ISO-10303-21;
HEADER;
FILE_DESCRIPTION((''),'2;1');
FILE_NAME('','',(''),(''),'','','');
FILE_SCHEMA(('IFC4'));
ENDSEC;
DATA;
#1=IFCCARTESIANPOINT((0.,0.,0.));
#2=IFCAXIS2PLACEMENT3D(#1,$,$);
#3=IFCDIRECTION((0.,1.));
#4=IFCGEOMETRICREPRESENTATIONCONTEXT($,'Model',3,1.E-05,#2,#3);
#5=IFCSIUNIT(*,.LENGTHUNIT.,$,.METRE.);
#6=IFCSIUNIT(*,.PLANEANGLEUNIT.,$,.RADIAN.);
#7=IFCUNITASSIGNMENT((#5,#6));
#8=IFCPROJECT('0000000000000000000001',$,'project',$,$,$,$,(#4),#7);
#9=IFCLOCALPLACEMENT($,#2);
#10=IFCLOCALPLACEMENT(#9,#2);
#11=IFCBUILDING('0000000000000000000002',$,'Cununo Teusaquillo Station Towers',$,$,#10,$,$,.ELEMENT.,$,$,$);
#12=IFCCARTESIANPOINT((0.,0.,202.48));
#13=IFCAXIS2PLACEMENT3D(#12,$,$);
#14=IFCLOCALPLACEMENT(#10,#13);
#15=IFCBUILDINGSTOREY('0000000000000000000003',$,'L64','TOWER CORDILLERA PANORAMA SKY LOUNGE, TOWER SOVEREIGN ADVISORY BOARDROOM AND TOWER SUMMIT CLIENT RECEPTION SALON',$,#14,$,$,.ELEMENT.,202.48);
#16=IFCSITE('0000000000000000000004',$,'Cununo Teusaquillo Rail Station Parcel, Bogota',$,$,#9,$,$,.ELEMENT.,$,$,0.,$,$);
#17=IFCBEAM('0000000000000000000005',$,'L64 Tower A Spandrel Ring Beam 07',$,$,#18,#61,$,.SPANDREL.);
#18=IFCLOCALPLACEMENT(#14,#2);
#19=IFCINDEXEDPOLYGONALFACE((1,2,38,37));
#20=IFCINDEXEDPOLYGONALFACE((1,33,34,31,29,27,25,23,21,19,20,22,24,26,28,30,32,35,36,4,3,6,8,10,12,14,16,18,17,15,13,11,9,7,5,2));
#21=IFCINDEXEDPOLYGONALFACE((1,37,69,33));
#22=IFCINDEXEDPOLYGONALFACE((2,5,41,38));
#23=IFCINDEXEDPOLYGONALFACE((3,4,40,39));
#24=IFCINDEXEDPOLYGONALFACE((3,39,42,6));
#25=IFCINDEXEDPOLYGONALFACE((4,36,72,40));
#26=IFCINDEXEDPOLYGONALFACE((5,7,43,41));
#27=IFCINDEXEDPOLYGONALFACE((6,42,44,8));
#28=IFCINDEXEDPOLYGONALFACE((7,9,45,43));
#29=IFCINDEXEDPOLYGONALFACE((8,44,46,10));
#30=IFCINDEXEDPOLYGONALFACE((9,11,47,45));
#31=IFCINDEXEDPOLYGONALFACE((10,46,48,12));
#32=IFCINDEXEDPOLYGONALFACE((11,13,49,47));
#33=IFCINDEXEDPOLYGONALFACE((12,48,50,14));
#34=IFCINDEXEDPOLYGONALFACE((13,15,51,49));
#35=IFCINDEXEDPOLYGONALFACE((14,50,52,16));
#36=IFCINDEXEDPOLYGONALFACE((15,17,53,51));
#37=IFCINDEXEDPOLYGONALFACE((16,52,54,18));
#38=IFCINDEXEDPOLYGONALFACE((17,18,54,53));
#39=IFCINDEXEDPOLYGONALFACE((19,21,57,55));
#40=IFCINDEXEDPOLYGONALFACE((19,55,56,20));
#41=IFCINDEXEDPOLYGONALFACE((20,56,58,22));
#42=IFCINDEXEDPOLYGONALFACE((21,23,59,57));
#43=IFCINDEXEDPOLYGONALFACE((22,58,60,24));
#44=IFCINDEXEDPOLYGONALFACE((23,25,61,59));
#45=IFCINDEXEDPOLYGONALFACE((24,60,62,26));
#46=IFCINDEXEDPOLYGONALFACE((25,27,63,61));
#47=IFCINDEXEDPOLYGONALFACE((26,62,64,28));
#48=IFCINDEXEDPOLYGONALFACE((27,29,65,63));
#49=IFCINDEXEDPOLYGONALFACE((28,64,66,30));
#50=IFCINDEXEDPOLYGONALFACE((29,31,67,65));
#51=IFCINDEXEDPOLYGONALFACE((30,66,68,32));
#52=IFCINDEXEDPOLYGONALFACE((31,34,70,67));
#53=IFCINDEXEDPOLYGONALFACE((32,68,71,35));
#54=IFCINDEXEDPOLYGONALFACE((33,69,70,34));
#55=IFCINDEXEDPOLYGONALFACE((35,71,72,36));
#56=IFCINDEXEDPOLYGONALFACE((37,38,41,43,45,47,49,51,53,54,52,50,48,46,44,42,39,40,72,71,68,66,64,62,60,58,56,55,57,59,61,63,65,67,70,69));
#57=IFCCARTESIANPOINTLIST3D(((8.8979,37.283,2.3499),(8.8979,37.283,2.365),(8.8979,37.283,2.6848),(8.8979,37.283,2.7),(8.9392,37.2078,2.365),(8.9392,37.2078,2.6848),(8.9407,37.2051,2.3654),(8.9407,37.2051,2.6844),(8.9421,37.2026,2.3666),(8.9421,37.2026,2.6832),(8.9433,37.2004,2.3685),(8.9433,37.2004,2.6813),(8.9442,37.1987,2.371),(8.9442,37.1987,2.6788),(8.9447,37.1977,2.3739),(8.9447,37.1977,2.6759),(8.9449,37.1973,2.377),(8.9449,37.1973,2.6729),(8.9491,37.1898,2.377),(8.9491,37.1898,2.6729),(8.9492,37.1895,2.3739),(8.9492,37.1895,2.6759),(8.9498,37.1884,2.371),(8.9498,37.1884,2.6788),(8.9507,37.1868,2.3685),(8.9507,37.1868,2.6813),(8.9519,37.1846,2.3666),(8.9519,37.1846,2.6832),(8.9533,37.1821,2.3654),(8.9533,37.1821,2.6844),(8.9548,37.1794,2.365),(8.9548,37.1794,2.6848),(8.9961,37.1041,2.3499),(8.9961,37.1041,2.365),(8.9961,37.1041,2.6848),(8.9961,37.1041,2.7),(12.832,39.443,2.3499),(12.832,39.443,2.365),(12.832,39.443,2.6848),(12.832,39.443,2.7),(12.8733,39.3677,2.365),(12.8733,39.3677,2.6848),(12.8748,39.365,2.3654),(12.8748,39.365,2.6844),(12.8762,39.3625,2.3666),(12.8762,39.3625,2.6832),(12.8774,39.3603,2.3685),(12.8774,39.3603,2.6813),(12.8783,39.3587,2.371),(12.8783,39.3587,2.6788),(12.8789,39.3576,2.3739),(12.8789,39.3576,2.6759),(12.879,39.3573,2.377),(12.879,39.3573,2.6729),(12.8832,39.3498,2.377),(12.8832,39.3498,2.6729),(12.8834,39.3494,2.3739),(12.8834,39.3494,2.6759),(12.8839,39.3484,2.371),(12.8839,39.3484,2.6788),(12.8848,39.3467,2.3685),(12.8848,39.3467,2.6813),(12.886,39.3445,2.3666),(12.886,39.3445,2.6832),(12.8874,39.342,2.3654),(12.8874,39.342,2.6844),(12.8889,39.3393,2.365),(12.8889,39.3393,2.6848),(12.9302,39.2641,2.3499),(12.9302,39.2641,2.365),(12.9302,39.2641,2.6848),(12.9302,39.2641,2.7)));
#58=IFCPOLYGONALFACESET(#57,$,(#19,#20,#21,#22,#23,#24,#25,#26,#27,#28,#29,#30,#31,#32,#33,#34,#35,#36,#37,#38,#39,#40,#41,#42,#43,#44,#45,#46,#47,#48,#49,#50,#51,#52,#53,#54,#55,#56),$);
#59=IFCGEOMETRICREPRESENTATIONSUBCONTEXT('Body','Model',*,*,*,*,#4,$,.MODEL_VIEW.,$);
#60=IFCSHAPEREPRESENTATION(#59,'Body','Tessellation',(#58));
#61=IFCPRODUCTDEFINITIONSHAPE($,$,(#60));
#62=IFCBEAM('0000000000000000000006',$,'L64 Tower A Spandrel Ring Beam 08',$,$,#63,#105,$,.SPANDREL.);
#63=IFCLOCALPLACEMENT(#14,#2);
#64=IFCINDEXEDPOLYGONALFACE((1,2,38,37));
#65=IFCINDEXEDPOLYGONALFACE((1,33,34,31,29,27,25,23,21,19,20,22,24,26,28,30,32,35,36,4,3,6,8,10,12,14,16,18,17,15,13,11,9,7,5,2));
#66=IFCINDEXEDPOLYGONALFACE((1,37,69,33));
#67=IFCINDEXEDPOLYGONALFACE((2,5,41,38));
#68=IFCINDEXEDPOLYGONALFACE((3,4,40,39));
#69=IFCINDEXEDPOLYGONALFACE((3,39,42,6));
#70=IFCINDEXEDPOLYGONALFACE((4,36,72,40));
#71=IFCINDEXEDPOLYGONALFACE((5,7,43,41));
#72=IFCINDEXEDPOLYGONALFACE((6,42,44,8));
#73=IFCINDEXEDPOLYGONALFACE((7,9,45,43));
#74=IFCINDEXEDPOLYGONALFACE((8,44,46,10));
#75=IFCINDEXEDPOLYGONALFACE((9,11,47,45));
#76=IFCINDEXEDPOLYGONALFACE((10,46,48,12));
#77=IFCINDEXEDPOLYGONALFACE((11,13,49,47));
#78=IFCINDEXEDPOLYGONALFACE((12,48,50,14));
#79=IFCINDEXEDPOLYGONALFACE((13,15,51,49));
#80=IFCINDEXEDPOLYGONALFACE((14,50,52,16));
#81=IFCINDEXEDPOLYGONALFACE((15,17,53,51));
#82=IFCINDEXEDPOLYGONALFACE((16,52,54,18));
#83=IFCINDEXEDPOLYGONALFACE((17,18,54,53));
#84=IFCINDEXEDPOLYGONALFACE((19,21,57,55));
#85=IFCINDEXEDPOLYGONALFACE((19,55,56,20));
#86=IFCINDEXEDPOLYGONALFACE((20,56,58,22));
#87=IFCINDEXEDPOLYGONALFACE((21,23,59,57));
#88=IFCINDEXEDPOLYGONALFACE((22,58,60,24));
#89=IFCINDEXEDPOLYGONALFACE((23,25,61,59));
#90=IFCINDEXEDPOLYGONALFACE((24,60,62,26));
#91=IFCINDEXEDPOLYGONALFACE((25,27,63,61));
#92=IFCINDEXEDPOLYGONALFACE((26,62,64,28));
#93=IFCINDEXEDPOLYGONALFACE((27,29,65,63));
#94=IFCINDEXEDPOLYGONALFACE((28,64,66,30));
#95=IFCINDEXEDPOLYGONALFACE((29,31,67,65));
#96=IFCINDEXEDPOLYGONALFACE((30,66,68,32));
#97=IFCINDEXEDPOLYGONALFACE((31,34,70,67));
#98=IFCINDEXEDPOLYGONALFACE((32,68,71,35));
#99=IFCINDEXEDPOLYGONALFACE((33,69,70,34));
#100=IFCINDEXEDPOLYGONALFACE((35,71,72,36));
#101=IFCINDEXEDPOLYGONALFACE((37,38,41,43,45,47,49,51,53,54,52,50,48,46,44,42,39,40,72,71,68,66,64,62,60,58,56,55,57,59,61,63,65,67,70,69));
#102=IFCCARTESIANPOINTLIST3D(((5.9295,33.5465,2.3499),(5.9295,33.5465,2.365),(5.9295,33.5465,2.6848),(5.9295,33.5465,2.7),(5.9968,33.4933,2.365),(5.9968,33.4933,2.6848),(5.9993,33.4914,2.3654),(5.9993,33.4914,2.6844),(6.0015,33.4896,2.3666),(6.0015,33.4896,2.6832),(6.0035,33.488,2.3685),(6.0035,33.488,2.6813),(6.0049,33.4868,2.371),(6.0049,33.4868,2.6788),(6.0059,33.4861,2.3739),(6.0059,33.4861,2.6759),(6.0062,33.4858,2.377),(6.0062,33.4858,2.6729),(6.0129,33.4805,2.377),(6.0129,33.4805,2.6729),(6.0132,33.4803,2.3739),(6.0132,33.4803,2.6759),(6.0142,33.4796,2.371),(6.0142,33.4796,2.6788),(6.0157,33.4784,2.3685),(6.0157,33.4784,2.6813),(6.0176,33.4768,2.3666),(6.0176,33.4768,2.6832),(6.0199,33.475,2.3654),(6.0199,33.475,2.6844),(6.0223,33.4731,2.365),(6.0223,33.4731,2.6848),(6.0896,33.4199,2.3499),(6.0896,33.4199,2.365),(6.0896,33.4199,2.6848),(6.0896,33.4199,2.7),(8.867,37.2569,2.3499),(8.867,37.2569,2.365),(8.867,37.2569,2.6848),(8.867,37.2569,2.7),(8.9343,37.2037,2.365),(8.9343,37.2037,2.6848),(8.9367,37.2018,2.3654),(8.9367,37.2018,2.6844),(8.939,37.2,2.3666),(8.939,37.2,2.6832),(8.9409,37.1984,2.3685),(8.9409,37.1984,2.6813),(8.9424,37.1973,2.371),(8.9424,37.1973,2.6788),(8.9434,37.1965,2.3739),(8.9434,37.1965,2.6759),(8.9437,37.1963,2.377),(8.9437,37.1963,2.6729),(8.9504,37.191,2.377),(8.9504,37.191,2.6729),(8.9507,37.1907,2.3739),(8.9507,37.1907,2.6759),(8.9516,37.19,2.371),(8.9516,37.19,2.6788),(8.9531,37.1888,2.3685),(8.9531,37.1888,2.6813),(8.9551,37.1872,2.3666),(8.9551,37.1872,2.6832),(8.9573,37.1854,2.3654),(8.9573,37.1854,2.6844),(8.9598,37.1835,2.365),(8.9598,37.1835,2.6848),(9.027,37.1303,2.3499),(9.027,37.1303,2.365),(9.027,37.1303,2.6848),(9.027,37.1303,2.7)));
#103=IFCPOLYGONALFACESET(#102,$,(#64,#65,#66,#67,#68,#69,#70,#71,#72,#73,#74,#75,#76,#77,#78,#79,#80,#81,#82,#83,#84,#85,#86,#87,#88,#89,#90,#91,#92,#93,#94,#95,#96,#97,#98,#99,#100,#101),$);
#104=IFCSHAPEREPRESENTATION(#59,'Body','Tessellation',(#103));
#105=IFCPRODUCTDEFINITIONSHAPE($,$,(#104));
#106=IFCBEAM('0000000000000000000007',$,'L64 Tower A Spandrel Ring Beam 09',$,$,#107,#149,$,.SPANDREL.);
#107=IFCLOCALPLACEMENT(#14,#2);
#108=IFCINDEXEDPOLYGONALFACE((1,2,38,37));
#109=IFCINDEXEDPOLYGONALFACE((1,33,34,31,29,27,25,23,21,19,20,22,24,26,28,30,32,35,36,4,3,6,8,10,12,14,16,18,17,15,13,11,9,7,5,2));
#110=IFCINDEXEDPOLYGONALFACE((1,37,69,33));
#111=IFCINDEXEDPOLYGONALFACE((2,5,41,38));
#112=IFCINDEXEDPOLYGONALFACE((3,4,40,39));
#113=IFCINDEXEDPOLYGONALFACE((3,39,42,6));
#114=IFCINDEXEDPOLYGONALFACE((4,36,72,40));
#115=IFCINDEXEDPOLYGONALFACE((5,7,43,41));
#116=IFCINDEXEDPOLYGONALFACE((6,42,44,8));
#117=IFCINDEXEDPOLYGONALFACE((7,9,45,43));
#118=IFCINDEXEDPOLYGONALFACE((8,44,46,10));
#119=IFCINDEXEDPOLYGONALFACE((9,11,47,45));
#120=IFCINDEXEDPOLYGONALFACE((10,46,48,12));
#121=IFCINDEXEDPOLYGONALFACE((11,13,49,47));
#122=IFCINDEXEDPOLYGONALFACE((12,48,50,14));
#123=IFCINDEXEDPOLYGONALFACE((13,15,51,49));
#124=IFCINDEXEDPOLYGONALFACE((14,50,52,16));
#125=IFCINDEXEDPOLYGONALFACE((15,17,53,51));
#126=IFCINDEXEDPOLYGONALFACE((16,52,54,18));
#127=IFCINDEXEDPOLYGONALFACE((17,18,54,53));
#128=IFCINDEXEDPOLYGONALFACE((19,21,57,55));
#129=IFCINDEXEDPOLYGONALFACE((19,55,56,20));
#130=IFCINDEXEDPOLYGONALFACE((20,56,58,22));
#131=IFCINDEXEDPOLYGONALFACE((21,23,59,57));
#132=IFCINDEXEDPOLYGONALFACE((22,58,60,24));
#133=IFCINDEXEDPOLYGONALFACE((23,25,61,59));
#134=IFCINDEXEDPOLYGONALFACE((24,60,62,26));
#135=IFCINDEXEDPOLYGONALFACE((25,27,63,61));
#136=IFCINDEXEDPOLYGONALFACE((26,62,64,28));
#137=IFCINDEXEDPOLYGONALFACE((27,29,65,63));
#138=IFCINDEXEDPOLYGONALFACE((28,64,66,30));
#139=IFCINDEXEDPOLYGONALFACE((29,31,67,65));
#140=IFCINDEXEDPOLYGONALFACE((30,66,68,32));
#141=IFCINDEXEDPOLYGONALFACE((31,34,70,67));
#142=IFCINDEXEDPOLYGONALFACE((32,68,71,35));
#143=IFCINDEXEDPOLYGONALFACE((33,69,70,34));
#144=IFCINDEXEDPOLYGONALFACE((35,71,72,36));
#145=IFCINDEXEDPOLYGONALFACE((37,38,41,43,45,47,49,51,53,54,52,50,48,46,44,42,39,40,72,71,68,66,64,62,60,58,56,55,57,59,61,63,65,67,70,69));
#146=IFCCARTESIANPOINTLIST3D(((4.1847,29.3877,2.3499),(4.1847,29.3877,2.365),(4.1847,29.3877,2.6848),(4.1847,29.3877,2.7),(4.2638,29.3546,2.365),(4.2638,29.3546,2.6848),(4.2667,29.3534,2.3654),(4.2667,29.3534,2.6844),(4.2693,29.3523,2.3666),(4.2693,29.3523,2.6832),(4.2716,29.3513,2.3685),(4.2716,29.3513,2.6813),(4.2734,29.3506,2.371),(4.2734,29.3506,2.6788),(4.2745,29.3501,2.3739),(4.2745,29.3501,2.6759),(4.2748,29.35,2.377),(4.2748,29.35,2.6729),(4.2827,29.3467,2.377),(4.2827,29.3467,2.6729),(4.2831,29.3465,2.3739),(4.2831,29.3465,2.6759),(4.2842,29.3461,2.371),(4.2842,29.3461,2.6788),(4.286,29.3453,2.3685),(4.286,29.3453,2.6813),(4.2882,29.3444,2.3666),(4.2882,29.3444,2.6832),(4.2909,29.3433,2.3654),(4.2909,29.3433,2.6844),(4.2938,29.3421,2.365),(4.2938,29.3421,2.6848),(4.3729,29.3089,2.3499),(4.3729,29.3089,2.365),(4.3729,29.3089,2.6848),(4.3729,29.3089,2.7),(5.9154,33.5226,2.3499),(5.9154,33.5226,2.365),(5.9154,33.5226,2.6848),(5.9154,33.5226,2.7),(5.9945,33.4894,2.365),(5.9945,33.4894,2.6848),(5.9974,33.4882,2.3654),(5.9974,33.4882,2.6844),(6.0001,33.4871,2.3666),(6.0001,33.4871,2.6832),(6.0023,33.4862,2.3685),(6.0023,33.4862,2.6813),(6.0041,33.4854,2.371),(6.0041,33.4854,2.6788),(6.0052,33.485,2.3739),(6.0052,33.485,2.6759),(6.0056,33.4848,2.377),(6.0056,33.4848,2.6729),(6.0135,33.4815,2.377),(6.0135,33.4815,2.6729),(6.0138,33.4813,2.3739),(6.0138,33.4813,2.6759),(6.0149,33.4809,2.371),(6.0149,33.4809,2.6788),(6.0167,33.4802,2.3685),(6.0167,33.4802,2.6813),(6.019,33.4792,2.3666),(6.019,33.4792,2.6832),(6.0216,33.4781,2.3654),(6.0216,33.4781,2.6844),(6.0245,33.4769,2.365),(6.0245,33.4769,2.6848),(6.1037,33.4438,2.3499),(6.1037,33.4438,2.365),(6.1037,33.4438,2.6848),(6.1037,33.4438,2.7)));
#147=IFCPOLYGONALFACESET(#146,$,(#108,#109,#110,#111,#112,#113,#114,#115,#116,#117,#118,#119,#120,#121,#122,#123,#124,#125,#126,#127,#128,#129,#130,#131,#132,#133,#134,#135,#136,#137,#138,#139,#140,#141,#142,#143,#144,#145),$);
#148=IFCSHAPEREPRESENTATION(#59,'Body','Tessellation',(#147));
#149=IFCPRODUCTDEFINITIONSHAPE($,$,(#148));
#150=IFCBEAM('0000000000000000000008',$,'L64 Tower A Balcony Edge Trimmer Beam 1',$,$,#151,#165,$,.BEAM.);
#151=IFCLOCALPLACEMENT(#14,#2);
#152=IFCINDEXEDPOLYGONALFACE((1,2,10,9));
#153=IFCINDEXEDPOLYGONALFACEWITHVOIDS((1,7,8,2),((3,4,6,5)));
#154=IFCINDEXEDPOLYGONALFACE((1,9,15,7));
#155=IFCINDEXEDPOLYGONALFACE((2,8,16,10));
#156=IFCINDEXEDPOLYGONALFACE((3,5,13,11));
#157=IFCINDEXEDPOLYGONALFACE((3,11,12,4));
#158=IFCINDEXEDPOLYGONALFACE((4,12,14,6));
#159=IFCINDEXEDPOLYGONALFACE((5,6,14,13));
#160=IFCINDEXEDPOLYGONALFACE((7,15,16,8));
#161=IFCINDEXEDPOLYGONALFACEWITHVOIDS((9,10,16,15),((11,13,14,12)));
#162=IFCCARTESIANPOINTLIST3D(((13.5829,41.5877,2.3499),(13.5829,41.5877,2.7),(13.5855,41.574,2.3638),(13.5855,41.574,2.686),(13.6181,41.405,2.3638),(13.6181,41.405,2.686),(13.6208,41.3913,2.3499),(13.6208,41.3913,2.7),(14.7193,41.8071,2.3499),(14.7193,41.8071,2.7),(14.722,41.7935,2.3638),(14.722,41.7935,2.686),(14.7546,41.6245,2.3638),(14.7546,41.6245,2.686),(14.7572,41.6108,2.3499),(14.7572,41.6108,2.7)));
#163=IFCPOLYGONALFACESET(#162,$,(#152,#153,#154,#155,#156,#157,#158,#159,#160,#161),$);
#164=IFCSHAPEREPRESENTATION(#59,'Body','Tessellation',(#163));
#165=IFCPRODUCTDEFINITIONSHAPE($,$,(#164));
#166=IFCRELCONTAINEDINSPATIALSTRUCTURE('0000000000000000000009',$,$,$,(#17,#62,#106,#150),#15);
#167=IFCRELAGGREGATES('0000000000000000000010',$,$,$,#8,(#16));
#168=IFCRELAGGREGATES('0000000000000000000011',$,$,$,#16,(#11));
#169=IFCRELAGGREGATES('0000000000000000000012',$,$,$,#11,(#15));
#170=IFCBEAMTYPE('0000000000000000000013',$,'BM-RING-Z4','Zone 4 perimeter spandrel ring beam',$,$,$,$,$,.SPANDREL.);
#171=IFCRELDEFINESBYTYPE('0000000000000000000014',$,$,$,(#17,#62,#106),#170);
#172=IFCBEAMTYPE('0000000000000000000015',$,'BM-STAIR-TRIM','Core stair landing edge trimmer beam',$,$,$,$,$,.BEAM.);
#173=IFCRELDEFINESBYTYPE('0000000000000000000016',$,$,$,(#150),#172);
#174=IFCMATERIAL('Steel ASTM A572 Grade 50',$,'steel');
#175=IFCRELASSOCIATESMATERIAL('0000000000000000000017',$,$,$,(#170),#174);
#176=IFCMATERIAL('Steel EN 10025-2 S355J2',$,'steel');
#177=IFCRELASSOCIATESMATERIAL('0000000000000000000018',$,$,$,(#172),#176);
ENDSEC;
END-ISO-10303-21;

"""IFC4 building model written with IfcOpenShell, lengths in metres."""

from ifc_helpers import new_model, si_unit, direction, frame, origin, origin_2d, place, context, subcontext, project, spatial, hollow_rectangle, i_section, extrude, material, material_profile, profile_set, type_object, element, save


model = new_model("IFC4")

# Units and contexts
model_context = context("Model", 3, precision=1e-05, world=origin(), true_north=direction((0.0, 1.0)))
body_context = subcontext(model_context, "Body", "Model", "MODEL_VIEW")
ifc_project = project(units=[si_unit("LENGTHUNIT", "METRE"), si_unit("PLANEANGLEUNIT", "RADIAN")], contexts=[model_context])

# Site, building, storey
site_placement = place(None, origin())
site = spatial("IfcSite", under=ifc_project, at=site_placement, Name="Cununo Teusaquillo Rail Station Parcel, Bogota", CompositionType="ELEMENT", RefElevation=0.0)
building_placement = place(site_placement, origin())
building = spatial("IfcBuilding", under=site, at=building_placement, Name="Cununo Teusaquillo Station Towers", CompositionType="ELEMENT")
storey_placement = place(building_placement, frame((0.0, 0.0, 202.48)))
storey = spatial("IfcBuildingStorey", under=building, at=storey_placement, Name="L64", Description="TOWER CORDILLERA PANORAMA SKY LOUNGE, TOWER SOVEREIGN ADVISORY BOARDROOM AND TOWER SUMMIT CLIENT RECEPTION SALON", CompositionType="ELEMENT", Elevation=202.48)

# Beams
ifc_material_1 = material(Name="Steel ASTM A572 Grade 50", Category="steel")
ifc_material_profile_1 = material_profile(ifc_material_1, i_section(OverallWidth=0.2041, OverallDepth=0.3501, WebThickness=0.0085, FlangeThickness=0.0151, FilletRadius=0.012, at=origin_2d()), Name="W14X48")
ifc_profile_set_1 = profile_set([ifc_material_profile_1], Name="Steel ASTM A572 Grade 50")
beam_type_1 = type_object("IfcBeamType", Name="BM-RING-Z4", Description="Zone 4 perimeter spandrel ring beam", PredefinedType="SPANDREL", material=ifc_profile_set_1)
beam_1_placement = place(storey_placement, frame((12.8811, 39.3535, 2.5249), z_axis=(-0.876576, -0.481263, 0.0), x_axis=(0.481263, -0.876576, 0.0)))
element("IfcBeam", 1, at=beam_1_placement, inside=storey, type_object=beam_type_1, Name="L64 Tower A Spandrel Ring Beam 07", PredefinedType="SPANDREL", context=body_context, shape_type="SweptSolid", body=[
    extrude(i_section(OverallWidth=0.2041, OverallDepth=0.3501, WebThickness=0.0085, FlangeThickness=0.0151, FilletRadius=0.012, at=origin_2d()), origin(), (0.0, 0.0, 1.0), 4.488),
])
beam_2_placement = place(storey_placement, frame((8.947, 37.1936, 2.5249), z_axis=(-0.620711, -0.78404, 0.0), x_axis=(0.78404, -0.620711, 0.0)))
element("IfcBeam", 2, at=beam_2_placement, inside=storey, type_object=beam_type_1, Name="L64 Tower A Spandrel Ring Beam 08", PredefinedType="SPANDREL", context=body_context, shape_type="SweptSolid", body=[
    extrude(i_section(OverallWidth=0.2041, OverallDepth=0.3501, WebThickness=0.0085, FlangeThickness=0.0151, FilletRadius=0.012, at=origin_2d()), origin(), (0.0, 0.0, 1.0), 4.7324),
])
beam_3_placement = place(storey_placement, frame((6.0095, 33.4832, 2.5249), z_axis=(-0.386115, -0.92245, 0.0), x_axis=(0.92245, -0.386115, 0.0)))
element("IfcBeam", 3, at=beam_3_placement, inside=storey, type_object=beam_type_1, Name="L64 Tower A Spandrel Ring Beam 09", PredefinedType="SPANDREL", context=body_context, shape_type="SweptSolid", body=[
    extrude(i_section(OverallWidth=0.2041, OverallDepth=0.3501, WebThickness=0.0085, FlangeThickness=0.0151, FilletRadius=0.012, at=origin_2d()), origin(), (0.0, 0.0, 1.0), 4.4824),
])
ifc_material_2 = material(Name="Steel EN 10025-2 S355J2", Category="steel")
ifc_material_profile_2 = material_profile(ifc_material_2, hollow_rectangle(XDim=0.2, YDim=0.3501, WallThickness=0.0139, at=origin_2d()), Name="RHS 350x200x14")
ifc_profile_set_2 = profile_set([ifc_material_profile_2], Name="Steel EN 10025-2 S355J2")
beam_type_2 = type_object("IfcBeamType", Name="BM-STAIR-TRIM", Description="Core stair landing edge trimmer beam", PredefinedType="BEAM", material=ifc_profile_set_2)
beam_4_placement = place(storey_placement, frame((14.7383, 41.709, 2.5249), z_axis=(-0.981857, -0.189622, 0.0), x_axis=(0.189622, -0.981857, 0.0)))
element("IfcBeam", 4, at=beam_4_placement, inside=storey, type_object=beam_type_2, Name="L64 Tower A Balcony Edge Trimmer Beam 1", PredefinedType="BEAM", context=body_context, shape_type="SweptSolid", body=[
    extrude(hollow_rectangle(XDim=0.2, YDim=0.3501, WallThickness=0.0139, at=origin_2d()), origin(), (0.0, 0.0, 1.0), 1.1575),
])

save(model, "model.ifc")
